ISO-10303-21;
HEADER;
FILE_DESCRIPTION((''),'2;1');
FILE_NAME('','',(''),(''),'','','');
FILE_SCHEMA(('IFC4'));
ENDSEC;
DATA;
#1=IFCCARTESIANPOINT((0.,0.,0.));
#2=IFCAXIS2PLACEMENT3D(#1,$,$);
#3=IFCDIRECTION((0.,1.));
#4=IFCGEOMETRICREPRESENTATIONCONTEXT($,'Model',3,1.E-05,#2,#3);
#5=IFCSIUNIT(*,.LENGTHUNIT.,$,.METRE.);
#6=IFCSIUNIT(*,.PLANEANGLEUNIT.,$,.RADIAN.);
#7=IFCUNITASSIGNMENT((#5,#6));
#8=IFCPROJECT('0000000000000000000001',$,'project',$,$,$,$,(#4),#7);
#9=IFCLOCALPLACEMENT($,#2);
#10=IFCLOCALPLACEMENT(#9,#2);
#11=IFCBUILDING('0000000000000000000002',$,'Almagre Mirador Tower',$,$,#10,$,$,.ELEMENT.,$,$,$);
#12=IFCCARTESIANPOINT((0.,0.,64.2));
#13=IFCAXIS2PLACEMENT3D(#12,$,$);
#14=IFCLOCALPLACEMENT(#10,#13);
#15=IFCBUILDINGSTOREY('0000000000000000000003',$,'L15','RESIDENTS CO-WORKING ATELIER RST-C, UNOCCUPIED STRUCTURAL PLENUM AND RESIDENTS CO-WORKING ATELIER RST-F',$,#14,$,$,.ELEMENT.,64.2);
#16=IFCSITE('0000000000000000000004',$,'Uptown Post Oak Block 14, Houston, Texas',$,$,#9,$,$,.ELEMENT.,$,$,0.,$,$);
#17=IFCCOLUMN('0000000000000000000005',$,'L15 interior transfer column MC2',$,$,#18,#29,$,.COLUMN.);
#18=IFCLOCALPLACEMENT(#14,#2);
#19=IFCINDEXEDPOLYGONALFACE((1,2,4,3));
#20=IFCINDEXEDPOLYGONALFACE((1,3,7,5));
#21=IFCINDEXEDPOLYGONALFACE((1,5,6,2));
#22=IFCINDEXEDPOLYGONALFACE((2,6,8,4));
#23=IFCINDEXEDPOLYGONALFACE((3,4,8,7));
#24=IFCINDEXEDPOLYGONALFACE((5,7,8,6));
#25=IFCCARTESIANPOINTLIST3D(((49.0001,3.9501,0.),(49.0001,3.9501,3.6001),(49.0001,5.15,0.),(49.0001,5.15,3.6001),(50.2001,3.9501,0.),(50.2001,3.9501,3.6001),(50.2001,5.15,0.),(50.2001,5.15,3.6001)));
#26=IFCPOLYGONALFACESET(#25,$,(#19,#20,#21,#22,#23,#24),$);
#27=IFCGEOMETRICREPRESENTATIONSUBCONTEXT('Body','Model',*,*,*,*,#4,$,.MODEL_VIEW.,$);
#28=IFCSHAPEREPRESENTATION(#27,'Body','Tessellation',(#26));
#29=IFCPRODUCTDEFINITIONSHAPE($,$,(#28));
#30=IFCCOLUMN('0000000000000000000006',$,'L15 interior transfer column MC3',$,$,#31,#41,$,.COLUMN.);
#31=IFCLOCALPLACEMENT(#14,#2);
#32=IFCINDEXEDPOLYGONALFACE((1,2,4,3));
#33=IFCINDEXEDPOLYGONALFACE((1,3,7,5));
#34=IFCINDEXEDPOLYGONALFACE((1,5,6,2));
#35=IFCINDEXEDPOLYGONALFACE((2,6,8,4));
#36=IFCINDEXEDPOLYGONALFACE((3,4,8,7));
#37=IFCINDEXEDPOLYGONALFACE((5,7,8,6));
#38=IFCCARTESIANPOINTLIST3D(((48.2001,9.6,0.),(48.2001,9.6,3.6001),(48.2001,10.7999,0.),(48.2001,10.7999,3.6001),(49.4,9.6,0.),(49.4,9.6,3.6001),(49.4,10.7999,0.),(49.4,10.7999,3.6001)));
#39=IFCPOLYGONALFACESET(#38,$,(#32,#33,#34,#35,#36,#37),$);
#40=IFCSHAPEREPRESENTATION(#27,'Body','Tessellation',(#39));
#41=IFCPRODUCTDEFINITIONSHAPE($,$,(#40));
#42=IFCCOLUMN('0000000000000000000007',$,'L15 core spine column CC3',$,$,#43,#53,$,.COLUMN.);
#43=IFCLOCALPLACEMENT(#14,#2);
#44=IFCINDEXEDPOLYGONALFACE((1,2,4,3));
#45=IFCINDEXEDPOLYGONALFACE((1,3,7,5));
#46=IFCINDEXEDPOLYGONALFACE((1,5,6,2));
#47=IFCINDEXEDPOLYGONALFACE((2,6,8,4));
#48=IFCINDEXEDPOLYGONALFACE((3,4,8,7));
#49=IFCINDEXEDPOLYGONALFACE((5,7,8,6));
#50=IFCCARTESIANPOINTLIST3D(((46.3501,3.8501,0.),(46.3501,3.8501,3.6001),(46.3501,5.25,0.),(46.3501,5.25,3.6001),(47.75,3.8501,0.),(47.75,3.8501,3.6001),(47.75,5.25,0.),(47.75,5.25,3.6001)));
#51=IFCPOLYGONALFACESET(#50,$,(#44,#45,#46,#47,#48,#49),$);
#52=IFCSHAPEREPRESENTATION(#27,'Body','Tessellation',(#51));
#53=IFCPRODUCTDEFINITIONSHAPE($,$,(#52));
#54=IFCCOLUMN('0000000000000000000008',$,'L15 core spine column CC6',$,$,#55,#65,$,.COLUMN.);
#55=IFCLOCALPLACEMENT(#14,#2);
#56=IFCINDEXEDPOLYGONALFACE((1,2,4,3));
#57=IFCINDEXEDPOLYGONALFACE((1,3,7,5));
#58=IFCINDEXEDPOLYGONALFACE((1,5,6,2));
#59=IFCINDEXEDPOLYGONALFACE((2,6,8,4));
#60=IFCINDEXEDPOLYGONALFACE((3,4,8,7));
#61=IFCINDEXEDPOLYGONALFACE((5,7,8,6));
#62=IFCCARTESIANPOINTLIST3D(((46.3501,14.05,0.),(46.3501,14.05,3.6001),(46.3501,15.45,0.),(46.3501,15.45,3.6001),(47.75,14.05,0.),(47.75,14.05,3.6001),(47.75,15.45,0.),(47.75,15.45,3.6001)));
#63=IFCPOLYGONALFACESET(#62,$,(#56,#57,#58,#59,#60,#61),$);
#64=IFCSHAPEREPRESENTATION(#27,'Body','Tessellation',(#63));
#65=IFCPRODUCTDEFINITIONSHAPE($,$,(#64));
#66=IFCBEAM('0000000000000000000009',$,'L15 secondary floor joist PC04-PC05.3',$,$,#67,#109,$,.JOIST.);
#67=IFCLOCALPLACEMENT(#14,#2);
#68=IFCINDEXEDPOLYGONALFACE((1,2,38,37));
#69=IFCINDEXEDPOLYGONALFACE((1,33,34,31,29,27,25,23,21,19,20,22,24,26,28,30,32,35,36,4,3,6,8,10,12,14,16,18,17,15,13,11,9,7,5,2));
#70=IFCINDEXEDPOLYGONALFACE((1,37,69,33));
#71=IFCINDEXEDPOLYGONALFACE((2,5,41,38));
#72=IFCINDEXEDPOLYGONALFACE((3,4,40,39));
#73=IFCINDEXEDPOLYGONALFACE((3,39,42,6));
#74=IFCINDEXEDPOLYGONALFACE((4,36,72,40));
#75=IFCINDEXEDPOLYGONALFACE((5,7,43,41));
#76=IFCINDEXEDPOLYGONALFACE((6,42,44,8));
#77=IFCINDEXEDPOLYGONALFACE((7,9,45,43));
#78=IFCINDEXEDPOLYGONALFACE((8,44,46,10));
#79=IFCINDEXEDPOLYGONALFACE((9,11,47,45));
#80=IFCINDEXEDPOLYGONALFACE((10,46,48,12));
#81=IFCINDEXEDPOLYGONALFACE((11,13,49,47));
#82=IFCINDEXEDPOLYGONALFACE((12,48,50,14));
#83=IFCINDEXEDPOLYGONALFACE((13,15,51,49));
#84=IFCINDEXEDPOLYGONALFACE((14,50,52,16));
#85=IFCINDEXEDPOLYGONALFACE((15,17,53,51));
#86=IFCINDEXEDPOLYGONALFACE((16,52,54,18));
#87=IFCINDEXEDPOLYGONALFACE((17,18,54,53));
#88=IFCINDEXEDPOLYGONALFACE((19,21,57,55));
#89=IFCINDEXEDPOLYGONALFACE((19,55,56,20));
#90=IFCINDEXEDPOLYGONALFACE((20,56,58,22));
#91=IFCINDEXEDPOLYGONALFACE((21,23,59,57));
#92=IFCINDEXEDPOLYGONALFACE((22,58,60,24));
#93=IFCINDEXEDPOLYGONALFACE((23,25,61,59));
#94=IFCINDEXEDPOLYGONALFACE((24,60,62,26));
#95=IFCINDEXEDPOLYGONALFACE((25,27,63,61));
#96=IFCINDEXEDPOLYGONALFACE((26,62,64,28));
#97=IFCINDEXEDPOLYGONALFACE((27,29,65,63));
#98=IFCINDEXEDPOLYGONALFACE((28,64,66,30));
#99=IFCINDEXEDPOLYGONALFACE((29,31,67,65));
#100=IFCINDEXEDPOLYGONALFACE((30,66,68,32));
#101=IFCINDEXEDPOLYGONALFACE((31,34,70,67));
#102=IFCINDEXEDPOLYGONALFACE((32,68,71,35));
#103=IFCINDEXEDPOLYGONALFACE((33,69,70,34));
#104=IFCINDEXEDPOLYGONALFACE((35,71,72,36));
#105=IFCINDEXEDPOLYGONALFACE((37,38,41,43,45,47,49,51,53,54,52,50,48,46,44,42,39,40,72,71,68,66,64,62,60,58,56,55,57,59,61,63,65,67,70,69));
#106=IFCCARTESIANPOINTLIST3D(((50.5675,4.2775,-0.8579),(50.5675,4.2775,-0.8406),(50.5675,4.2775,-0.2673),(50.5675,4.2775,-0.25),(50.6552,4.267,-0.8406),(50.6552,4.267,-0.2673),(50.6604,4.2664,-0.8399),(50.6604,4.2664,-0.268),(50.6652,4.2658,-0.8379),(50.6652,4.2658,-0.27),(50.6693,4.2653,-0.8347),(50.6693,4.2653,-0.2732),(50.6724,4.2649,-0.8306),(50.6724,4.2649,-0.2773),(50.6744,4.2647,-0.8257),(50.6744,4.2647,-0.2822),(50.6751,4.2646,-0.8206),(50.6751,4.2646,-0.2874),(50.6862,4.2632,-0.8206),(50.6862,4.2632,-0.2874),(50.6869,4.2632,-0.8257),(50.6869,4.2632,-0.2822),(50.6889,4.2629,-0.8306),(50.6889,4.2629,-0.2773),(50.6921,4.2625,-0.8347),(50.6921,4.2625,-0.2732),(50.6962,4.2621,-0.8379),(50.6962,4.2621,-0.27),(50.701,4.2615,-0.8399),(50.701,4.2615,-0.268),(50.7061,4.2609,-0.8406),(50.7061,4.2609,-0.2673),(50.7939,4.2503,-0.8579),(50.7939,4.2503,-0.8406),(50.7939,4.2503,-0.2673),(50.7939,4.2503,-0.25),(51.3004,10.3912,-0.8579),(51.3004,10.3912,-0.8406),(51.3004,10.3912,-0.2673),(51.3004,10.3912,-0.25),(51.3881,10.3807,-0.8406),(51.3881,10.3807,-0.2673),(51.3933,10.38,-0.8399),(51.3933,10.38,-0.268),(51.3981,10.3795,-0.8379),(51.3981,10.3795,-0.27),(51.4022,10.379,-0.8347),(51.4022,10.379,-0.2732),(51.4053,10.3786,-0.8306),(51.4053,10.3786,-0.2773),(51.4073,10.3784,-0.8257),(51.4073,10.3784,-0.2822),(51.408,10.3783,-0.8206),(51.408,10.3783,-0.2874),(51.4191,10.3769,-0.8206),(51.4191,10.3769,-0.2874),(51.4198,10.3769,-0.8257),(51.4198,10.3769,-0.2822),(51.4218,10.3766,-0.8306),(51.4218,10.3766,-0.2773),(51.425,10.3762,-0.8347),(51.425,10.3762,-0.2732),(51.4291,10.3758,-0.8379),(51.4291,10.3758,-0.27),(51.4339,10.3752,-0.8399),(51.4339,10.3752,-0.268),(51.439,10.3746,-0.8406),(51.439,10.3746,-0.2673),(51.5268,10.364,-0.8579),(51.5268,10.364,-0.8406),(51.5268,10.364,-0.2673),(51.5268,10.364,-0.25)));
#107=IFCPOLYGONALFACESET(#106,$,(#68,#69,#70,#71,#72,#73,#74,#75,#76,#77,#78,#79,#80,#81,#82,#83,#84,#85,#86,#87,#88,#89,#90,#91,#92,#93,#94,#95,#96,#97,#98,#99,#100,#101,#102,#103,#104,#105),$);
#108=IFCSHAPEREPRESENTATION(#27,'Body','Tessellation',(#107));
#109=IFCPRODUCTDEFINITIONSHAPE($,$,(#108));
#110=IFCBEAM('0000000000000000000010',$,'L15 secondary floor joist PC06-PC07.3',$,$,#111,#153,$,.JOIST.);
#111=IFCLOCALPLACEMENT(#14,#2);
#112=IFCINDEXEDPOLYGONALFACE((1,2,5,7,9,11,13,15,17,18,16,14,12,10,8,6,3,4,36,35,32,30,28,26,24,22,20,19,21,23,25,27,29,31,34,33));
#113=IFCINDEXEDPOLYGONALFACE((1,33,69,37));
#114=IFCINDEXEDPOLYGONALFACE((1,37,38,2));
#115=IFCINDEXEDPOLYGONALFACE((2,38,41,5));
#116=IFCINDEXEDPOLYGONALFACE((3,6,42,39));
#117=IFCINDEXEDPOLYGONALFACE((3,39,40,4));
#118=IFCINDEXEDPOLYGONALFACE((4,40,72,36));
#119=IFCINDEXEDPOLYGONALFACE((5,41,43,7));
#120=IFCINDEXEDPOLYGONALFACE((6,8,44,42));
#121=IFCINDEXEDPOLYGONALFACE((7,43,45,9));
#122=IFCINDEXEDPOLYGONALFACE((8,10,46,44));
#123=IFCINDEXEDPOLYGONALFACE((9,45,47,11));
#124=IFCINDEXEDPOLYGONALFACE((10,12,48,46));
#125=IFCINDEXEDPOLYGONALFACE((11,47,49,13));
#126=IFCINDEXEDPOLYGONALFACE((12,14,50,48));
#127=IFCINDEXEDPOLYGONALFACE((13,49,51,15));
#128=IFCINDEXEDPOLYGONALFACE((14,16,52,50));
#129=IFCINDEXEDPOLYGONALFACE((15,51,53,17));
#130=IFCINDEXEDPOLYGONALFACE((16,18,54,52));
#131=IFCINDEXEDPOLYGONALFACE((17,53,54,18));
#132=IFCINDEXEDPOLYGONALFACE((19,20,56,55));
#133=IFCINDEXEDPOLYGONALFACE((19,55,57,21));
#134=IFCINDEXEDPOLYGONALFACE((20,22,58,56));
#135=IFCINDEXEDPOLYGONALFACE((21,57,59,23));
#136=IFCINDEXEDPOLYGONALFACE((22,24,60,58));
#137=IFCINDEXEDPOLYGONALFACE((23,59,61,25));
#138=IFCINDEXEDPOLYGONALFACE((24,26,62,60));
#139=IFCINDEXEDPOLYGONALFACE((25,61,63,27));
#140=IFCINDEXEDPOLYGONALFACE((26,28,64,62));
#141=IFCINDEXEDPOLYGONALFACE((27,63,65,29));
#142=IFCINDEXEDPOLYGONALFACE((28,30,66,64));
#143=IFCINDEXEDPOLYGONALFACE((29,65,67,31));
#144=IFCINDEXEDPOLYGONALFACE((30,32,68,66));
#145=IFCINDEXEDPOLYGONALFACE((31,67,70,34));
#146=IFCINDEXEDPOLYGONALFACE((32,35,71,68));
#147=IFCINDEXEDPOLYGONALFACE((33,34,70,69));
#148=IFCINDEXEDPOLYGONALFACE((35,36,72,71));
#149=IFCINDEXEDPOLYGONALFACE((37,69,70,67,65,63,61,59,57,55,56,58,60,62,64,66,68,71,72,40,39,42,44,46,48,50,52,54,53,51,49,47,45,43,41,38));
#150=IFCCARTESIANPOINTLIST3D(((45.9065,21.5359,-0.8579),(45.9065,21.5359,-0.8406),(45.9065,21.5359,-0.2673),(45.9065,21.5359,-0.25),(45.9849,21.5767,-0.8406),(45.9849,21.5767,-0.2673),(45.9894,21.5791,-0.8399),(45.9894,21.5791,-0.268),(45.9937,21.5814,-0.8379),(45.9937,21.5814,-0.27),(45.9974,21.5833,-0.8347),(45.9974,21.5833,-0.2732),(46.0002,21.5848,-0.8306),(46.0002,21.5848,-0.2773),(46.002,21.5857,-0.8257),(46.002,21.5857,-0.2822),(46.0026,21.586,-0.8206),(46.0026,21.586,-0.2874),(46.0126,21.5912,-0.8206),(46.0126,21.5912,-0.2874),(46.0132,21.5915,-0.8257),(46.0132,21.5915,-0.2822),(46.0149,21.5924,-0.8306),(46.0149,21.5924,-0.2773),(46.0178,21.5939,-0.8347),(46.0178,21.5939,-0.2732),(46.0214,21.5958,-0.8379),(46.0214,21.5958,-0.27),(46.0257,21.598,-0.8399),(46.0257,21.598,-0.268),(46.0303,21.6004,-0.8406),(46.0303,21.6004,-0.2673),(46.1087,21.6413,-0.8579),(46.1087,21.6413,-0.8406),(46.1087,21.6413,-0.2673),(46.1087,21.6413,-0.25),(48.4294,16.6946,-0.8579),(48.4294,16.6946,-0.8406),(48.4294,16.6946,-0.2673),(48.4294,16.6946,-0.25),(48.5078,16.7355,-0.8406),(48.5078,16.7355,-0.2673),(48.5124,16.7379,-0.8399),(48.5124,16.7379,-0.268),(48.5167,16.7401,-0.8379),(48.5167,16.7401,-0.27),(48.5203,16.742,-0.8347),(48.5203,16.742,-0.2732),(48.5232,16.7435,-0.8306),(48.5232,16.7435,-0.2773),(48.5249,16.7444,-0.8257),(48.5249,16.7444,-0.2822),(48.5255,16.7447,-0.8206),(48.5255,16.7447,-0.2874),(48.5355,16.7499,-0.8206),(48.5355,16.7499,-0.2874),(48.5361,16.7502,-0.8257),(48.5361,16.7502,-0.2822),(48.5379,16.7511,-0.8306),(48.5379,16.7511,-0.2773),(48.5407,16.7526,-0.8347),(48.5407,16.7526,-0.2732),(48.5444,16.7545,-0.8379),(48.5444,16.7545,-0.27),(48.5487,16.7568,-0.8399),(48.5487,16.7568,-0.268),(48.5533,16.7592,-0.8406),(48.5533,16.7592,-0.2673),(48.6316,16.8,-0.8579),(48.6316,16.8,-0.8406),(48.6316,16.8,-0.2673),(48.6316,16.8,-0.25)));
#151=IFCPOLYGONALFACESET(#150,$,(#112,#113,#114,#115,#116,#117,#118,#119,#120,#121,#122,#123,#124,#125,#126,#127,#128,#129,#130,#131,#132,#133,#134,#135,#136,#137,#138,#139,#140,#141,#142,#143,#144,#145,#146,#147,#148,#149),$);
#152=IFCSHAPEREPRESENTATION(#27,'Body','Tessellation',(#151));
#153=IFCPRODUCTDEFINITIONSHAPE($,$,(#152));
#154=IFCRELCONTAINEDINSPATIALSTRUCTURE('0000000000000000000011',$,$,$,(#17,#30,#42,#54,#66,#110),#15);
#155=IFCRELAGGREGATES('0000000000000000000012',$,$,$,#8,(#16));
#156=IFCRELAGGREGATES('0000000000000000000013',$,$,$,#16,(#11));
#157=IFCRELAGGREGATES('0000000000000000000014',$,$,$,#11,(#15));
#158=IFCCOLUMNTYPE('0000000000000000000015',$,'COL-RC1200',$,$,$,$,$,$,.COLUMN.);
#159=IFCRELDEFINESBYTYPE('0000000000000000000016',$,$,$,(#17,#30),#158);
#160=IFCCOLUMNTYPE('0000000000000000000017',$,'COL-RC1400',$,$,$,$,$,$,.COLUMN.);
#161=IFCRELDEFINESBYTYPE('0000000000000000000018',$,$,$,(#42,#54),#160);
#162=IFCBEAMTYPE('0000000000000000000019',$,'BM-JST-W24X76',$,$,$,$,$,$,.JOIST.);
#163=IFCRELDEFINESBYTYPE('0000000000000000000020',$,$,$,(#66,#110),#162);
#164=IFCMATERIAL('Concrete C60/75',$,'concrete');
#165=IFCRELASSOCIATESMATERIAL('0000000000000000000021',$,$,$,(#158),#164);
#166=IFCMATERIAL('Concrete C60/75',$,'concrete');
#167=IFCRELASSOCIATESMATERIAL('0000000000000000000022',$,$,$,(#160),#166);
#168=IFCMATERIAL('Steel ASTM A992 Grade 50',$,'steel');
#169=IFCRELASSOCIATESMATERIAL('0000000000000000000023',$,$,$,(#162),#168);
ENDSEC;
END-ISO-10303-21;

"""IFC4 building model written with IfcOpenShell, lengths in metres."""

from ifc_helpers import new_model, si_unit, direction, frame, origin, origin_2d, place, context, subcontext, project, spatial, rectangle, i_section, extrude, material, material_profile, profile_set, type_object, element, save


model = new_model("IFC4")

# Units and contexts
model_context = context("Model", 3, precision=1e-05, world=origin(), true_north=direction((0.0, 1.0)))
body_context = subcontext(model_context, "Body", "Model", "MODEL_VIEW")
ifc_project = project(units=[si_unit("LENGTHUNIT", "METRE"), si_unit("PLANEANGLEUNIT", "RADIAN")], contexts=[model_context])

# Site, building, storey
site_placement = place(None, origin())
site = spatial("IfcSite", under=ifc_project, at=site_placement, Name="Uptown Post Oak Block 14, Houston, Texas", CompositionType="ELEMENT", RefElevation=0.0)
building_placement = place(site_placement, origin())
building = spatial("IfcBuilding", under=site, at=building_placement, Name="Almagre Mirador Tower", CompositionType="ELEMENT")
storey_placement = place(building_placement, frame((0.0, 0.0, 64.2)))
storey = spatial("IfcBuildingStorey", under=building, at=storey_placement, Name="L15", Description="RESIDENTS CO-WORKING ATELIER RST-C, UNOCCUPIED STRUCTURAL PLENUM AND RESIDENTS CO-WORKING ATELIER RST-F", CompositionType="ELEMENT", Elevation=64.2)

# Columns
ifc_material_1 = material(Name="Concrete C60/75", Category="concrete")
ifc_material_profile_1 = material_profile(ifc_material_1, rectangle(XDim=1.2, YDim=1.2, at=origin_2d()), Name="RC1200X1200")
ifc_profile_set_1 = profile_set([ifc_material_profile_1], Name="Concrete C60/75")
column_type_1 = type_object("IfcColumnType", Name="COL-RC1200", PredefinedType="COLUMN", material=ifc_profile_set_1)
for number, where, z_axis, x_axis, name in (
    (1, (49.6001, 4.55, 0.0), (0.0, 0.0, 1.0), (1.0, 0.0, 0.0), "L15 interior transfer column MC2"),
    (2, (48.8, 10.2, 0.0), (0.0, 0.0, 1.0), (1.0, 0.0, 0.0), "L15 interior transfer column MC3"),
):
    element("IfcColumn", number, at=place(storey_placement, frame(where, z_axis=z_axis, x_axis=x_axis)), inside=storey, type_object=column_type_1, Name=name, PredefinedType="COLUMN", context=body_context, shape_type="SweptSolid", body=[
        extrude(rectangle(XDim=1.2, YDim=1.2, at=origin_2d()), origin(), (0.0, 0.0, 1.0), 3.6001),
    ])
ifc_material_2 = material(Name="Concrete C60/75", Category="concrete")
ifc_material_profile_2 = material_profile(ifc_material_2, rectangle(XDim=1.3999, YDim=1.3999, at=origin_2d()), Name="RC1400X1400")
ifc_profile_set_2 = profile_set([ifc_material_profile_2], Name="Concrete C60/75")
column_type_2 = type_object("IfcColumnType", Name="COL-RC1400", PredefinedType="COLUMN", material=ifc_profile_set_2)
for number, where, z_axis, x_axis, name in (
    (3, (47.05, 4.55, 0.0), (0.0, 0.0, 1.0), (1.0, 0.0, 0.0), "L15 core spine column CC3"),
    (4, (47.05, 14.75, 0.0), (0.0, 0.0, 1.0), (1.0, 0.0, 0.0), "L15 core spine column CC6"),
):
    element("IfcColumn", number, at=place(storey_placement, frame(where, z_axis=z_axis, x_axis=x_axis)), inside=storey, type_object=column_type_2, Name=name, PredefinedType="COLUMN", context=body_context, shape_type="SweptSolid", body=[
        extrude(rectangle(XDim=1.3999, YDim=1.3999, at=origin_2d()), origin(), (0.0, 0.0, 1.0), 3.6001),
    ])

# Beams
ifc_material_3 = material(Name="Steel ASTM A992 Grade 50", Category="steel")
ifc_material_profile_3 = material_profile(ifc_material_3, i_section(OverallWidth=0.228, OverallDepth=0.6079, WebThickness=0.0112, FlangeThickness=0.0173, FilletRadius=0.02, at=origin_2d()), Name="W24X76")
ifc_profile_set_3 = profile_set([ifc_material_profile_3], Name="Steel ASTM A992 Grade 50")
beam_type_1 = type_object("IfcBeamType", Name="BM-JST-W24X76", PredefinedType="JOIST", material=ifc_profile_set_3)
beam_1_placement = place(storey_placement, frame((50.6807, 4.2639, -0.554), z_axis=(0.119026, 0.992891, 0.0), x_axis=(-0.992891, 0.119026, 0.0)))
element("IfcBeam", 5, at=beam_1_placement, inside=storey, type_object=beam_type_1, Name="L15 secondary floor joist PC04-PC05.3", PredefinedType="JOIST", context=body_context, shape_type="SweptSolid", body=[
    extrude(i_section(OverallWidth=0.228, OverallDepth=0.6079, WebThickness=0.0112, FlangeThickness=0.0173, FilletRadius=0.02, at=origin_2d()), origin(), (0.0, 0.0, 1.0), 6.1575),
])
beam_2_placement = place(storey_placement, frame((48.5305, 16.7473, -0.554), z_axis=(-0.462141, 0.886806, 0.0), x_axis=(-0.886806, -0.462141, 0.0)))
element("IfcBeam", 6, at=beam_2_placement, inside=storey, type_object=beam_type_1, Name="L15 secondary floor joist PC06-PC07.3", PredefinedType="JOIST", context=body_context, shape_type="SweptSolid", body=[
    extrude(i_section(OverallWidth=0.228, OverallDepth=0.6079, WebThickness=0.0112, FlangeThickness=0.0173, FilletRadius=0.02, at=origin_2d()), origin(), (0.0, 0.0, 1.0), 5.4592),
])

save(model, "model.ifc")
